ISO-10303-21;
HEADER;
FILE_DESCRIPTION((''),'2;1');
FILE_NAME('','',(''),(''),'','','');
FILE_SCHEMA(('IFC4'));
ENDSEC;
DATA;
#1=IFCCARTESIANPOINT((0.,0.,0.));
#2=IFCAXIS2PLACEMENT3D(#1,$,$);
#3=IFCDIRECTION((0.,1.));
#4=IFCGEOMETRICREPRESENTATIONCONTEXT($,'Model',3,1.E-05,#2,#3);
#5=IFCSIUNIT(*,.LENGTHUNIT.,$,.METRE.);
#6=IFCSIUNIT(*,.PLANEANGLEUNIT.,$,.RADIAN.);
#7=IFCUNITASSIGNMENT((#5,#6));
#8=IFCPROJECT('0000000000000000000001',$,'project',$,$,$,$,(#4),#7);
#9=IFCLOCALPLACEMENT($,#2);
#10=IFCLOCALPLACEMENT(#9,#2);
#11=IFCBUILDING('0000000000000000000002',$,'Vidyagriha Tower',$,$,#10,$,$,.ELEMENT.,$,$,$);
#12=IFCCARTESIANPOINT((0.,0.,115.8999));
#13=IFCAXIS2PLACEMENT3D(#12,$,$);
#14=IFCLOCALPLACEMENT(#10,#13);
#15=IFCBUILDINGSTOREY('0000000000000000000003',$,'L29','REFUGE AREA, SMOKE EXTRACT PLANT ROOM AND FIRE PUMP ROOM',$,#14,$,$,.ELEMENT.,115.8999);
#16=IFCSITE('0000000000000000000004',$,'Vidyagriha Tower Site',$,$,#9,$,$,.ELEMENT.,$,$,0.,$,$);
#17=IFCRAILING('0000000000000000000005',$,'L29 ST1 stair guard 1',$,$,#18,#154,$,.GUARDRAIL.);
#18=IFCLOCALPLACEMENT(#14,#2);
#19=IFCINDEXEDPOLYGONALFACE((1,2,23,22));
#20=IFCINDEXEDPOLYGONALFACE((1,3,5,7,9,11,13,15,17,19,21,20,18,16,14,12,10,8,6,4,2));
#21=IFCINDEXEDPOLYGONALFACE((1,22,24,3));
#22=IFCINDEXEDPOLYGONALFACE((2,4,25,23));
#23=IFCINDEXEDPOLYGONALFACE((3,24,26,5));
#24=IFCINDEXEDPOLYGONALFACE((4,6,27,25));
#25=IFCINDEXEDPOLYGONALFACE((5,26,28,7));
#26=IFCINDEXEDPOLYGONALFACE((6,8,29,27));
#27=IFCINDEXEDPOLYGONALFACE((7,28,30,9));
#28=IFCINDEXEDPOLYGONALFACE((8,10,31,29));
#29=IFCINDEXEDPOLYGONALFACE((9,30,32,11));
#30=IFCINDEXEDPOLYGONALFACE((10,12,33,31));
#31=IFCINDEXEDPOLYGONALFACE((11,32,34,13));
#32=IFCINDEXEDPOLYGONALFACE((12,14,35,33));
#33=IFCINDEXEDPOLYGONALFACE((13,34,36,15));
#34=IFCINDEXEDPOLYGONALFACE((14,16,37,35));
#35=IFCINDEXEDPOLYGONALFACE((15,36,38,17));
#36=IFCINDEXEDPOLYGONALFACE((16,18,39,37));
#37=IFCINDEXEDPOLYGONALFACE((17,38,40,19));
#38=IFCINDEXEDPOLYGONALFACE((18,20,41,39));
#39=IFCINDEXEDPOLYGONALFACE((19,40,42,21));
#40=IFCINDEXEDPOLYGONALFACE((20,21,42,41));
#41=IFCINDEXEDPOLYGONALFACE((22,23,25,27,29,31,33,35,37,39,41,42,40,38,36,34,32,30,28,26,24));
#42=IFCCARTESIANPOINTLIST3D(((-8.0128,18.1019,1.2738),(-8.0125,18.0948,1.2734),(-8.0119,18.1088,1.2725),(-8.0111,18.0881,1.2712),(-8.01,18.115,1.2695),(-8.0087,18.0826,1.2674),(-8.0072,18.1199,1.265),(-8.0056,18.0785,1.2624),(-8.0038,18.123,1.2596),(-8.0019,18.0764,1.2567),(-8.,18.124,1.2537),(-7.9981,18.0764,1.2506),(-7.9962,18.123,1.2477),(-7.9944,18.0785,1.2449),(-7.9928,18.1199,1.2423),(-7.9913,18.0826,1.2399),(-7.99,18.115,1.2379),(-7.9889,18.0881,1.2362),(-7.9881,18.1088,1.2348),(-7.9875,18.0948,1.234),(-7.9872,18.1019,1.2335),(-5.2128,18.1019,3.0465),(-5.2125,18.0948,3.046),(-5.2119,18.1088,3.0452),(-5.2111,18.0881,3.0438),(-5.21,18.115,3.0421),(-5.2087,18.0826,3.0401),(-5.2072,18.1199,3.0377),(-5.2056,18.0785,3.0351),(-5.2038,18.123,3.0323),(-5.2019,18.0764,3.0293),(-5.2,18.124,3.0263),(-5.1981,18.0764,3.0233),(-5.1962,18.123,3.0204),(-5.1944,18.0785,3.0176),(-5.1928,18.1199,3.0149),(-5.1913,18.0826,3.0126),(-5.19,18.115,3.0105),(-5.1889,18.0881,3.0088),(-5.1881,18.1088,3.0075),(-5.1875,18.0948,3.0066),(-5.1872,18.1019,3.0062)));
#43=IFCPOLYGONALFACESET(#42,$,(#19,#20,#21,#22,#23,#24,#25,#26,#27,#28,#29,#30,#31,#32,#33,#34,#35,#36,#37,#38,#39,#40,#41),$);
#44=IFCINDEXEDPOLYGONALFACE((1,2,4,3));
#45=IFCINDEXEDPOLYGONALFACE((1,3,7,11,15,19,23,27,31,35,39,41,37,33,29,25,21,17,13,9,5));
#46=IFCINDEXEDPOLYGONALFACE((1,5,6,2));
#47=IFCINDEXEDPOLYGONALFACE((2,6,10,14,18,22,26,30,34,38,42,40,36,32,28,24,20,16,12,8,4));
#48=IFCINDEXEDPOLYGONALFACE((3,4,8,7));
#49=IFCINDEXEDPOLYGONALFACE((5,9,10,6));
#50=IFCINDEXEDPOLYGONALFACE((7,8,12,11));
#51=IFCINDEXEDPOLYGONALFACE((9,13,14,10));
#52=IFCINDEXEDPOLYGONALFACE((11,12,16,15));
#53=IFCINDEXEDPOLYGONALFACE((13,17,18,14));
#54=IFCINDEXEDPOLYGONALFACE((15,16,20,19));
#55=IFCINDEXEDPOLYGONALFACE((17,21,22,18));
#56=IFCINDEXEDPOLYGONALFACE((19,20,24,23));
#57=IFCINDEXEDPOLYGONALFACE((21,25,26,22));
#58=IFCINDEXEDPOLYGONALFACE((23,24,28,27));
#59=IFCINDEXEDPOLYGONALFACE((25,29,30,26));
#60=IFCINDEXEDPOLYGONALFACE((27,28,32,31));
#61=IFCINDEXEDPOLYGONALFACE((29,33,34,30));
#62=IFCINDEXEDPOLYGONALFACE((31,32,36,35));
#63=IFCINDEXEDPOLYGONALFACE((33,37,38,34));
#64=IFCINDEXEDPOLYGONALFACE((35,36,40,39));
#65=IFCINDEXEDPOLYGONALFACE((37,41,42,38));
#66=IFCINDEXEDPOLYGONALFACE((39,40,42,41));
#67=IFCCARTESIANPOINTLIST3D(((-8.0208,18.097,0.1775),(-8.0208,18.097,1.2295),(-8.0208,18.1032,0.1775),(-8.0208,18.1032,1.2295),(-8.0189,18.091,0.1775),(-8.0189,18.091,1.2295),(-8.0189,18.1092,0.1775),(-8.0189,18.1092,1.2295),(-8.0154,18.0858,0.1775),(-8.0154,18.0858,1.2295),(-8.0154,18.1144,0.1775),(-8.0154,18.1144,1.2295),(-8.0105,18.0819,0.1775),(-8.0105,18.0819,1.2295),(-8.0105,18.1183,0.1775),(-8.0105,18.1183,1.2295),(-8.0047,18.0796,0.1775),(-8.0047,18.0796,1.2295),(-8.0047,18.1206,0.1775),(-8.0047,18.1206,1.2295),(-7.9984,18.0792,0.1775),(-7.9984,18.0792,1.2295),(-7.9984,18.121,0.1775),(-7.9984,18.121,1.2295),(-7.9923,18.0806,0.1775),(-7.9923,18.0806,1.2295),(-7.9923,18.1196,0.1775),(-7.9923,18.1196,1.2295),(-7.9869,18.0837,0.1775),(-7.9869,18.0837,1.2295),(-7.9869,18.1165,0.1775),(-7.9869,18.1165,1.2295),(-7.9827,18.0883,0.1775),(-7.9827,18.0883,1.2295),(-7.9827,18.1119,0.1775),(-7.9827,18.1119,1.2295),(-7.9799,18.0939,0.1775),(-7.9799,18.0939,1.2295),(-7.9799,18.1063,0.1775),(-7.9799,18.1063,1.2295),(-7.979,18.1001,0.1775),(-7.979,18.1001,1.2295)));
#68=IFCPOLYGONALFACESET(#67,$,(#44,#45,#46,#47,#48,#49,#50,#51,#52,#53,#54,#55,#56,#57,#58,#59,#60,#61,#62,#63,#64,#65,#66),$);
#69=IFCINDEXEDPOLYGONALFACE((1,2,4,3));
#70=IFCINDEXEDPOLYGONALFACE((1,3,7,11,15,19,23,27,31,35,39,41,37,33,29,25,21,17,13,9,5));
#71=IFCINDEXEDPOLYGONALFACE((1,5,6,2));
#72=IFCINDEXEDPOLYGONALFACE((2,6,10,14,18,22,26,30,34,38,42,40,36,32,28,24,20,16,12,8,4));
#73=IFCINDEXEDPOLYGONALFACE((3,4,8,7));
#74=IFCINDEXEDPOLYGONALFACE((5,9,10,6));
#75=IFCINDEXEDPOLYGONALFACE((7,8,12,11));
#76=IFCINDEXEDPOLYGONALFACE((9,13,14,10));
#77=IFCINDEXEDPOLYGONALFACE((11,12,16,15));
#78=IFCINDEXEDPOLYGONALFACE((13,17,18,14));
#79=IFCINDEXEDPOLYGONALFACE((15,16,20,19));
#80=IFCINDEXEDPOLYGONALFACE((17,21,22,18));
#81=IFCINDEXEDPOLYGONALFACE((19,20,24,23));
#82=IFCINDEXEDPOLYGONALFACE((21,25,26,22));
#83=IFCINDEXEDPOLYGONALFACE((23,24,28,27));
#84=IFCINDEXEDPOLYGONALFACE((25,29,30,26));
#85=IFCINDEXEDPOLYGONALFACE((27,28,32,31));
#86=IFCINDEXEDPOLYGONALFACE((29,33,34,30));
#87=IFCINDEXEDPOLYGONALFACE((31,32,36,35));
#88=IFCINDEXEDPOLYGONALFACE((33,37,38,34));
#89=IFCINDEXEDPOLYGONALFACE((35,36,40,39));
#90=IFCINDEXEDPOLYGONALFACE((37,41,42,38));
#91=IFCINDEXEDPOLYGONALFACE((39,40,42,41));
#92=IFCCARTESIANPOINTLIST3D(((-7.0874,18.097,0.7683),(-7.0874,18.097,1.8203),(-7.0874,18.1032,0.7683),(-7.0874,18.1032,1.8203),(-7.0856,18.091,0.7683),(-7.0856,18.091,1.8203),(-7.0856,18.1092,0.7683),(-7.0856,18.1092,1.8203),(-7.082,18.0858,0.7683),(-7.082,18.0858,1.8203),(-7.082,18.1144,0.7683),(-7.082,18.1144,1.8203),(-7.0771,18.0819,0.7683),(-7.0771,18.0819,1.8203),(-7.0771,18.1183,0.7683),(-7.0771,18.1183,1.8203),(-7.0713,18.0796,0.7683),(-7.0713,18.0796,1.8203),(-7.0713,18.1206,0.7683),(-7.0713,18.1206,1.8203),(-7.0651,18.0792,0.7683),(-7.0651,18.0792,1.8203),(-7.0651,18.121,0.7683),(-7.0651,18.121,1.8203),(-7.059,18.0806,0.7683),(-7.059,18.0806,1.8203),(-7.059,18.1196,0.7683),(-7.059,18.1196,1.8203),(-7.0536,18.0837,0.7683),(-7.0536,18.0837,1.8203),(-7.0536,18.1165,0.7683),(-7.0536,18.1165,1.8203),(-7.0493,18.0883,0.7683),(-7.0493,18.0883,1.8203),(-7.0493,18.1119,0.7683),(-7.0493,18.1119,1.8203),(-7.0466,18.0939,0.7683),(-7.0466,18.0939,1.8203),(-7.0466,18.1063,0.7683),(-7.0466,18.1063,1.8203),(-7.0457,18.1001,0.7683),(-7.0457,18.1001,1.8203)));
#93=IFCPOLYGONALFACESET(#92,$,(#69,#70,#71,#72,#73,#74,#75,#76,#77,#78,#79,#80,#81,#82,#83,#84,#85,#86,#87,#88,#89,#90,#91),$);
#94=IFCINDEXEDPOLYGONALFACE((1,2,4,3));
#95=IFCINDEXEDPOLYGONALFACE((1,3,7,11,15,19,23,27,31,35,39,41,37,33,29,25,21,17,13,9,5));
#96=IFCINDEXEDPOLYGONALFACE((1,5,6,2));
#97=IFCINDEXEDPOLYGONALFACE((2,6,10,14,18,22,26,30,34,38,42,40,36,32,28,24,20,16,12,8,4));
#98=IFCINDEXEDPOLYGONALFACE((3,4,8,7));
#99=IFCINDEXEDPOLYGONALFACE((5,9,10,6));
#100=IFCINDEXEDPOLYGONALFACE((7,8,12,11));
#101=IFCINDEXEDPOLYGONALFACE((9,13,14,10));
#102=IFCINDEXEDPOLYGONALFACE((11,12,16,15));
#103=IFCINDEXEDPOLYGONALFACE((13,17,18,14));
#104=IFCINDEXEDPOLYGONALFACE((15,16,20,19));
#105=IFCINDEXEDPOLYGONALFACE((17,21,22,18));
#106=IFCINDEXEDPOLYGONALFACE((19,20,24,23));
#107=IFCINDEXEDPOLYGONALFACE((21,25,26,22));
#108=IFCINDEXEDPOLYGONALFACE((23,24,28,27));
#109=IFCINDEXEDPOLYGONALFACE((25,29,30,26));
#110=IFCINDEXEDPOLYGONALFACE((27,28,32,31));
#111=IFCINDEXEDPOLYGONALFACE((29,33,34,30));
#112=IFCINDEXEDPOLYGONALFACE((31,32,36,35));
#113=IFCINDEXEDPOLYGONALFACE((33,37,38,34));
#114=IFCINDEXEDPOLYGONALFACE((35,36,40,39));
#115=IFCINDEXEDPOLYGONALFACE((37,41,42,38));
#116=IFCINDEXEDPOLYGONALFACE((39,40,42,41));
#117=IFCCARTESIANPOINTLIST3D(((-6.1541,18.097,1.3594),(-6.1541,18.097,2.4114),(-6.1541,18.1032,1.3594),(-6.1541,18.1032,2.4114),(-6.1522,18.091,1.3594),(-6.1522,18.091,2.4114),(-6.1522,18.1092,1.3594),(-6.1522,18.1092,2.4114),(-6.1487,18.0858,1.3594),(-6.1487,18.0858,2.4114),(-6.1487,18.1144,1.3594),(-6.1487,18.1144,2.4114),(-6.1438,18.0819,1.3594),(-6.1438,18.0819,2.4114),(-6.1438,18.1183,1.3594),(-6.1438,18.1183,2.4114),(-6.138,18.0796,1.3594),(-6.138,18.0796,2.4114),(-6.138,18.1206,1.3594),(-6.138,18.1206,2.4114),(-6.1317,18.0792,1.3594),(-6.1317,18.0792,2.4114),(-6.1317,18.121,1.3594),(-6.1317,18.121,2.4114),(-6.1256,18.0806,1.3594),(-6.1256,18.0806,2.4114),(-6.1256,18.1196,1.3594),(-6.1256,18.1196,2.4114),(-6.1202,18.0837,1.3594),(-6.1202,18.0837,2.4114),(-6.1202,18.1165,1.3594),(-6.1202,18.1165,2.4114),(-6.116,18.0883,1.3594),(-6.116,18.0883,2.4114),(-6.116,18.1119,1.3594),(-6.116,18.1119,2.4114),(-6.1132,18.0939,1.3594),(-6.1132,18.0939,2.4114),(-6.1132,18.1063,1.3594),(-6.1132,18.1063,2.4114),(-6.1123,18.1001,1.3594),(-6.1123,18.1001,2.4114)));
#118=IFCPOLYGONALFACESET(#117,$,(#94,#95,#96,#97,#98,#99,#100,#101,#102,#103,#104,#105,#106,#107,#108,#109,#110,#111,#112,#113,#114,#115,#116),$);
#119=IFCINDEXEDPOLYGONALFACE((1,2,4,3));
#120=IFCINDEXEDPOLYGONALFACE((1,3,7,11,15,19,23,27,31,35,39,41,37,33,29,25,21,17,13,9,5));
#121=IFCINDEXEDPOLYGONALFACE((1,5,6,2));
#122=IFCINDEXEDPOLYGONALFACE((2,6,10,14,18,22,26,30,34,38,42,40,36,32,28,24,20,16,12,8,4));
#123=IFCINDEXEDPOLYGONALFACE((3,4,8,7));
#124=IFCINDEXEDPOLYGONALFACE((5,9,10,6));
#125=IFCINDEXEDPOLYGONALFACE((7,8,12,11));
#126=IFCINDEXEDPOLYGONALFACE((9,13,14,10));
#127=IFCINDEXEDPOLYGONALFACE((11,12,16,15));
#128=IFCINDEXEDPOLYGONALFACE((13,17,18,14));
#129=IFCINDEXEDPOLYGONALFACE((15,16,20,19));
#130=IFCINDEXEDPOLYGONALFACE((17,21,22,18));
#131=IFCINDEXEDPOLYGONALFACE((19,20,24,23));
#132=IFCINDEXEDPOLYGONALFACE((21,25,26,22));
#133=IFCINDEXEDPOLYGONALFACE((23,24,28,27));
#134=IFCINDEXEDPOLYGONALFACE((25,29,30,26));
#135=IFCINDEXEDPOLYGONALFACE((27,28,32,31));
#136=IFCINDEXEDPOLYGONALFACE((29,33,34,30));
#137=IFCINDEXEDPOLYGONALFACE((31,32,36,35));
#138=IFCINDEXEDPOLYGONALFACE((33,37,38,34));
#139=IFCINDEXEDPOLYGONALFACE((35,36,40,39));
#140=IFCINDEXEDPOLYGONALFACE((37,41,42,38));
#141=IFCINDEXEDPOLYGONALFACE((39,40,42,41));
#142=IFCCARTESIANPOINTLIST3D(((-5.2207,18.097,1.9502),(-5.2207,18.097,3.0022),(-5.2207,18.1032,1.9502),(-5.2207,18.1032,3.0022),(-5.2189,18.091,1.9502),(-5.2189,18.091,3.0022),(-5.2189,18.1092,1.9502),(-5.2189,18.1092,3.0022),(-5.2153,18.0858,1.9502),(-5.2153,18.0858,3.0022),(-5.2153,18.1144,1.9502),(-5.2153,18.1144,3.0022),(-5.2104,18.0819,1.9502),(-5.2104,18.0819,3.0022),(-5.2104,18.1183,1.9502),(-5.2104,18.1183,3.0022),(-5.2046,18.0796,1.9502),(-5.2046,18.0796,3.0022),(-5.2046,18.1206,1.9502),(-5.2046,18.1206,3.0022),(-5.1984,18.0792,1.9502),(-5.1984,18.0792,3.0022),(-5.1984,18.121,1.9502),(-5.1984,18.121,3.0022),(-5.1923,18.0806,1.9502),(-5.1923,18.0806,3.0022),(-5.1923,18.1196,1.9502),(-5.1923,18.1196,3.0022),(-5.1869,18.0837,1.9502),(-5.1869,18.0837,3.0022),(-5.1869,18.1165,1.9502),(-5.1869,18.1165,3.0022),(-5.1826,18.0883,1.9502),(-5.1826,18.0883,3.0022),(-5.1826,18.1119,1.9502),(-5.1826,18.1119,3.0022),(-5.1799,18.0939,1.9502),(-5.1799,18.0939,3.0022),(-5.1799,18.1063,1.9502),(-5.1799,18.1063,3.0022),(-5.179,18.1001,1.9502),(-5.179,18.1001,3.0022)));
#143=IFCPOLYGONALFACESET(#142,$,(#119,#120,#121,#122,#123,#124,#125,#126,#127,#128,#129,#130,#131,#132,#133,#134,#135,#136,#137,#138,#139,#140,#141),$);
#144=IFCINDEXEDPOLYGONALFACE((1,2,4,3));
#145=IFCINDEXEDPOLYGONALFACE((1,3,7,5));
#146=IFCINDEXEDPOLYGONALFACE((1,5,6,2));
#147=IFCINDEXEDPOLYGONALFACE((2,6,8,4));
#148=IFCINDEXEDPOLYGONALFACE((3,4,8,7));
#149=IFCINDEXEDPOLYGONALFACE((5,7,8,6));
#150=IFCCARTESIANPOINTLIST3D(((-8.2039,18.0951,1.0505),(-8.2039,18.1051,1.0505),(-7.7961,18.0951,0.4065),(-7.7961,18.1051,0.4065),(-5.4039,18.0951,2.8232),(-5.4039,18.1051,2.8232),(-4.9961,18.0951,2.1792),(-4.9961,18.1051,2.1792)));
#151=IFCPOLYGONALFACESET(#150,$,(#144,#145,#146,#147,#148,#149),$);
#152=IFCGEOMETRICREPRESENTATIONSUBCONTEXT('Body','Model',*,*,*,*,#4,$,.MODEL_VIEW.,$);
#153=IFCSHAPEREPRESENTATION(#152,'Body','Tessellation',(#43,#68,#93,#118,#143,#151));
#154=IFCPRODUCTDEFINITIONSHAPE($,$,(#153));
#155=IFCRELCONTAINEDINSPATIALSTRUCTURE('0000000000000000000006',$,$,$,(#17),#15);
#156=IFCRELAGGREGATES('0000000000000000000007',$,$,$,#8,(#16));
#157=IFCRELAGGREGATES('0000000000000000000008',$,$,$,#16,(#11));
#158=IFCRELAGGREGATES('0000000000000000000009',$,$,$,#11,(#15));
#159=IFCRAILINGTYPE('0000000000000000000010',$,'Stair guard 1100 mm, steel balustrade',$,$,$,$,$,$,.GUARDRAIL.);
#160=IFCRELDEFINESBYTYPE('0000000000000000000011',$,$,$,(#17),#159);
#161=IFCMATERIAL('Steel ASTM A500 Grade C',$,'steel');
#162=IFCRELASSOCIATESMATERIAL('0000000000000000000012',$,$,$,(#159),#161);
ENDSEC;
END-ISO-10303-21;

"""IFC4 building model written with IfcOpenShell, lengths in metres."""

from ifc_helpers import new_model, si_unit, direction, frame, origin, origin_2d, place, context, subcontext, project, spatial, rectangle, circle, extrude, material, type_object, element, save


model = new_model("IFC4")

# Units and contexts
model_context = context("Model", 3, precision=1e-05, world=origin(), true_north=direction((0.0, 1.0)))
body_context = subcontext(model_context, "Body", "Model", "MODEL_VIEW")
ifc_project = project(units=[si_unit("LENGTHUNIT", "METRE"), si_unit("PLANEANGLEUNIT", "RADIAN")], contexts=[model_context])

# Site, building, storey
site_placement = place(None, origin())
site = spatial("IfcSite", under=ifc_project, at=site_placement, Name="Vidyagriha Tower Site", CompositionType="ELEMENT", RefElevation=0.0)
building_placement = place(site_placement, origin())
building = spatial("IfcBuilding", under=site, at=building_placement, Name="Vidyagriha Tower", CompositionType="ELEMENT")
storey_placement = place(building_placement, frame((0.0, 0.0, 115.8999)))
storey = spatial("IfcBuildingStorey", under=building, at=storey_placement, Name="L29", Description="REFUGE AREA, SMOKE EXTRACT PLANT ROOM AND FIRE PUMP ROOM", CompositionType="ELEMENT", Elevation=115.8999)

# Railing
ifc_material_1 = material(Name="Steel ASTM A500 Grade C", Category="steel")
railing_type_1 = type_object("IfcRailingType", Name="Stair guard 1100 mm, steel balustrade", PredefinedType="GUARDRAIL", material=ifc_material_1)
railing_1_placement = place(storey_placement, frame((-8.0, 18.1001, 0.1775)))
element("IfcRailing", 1, at=railing_1_placement, inside=storey, type_object=railing_type_1, Name="L29 ST1 stair guard 1", PredefinedType="GUARDRAIL", context=body_context, shape_type="SweptSolid", body=[
    extrude(circle(Radius=0.0239, at=origin_2d()), frame((0.0, 0.0, 1.0762), z_axis=(0.844909, 0.0, 0.53491), x_axis=(0.0, 1.0, 0.0)), (0.0, 0.0, 1.0), 3.314),
    extrude(circle(Radius=0.021, at=origin_2d()), origin(), (0.0, 0.0, 1.0), 1.052),
    extrude(circle(Radius=0.021, at=origin_2d()), frame((0.9333, 0.0, 0.5908)), (0.0, 0.0, 1.0), 1.052),
    extrude(circle(Radius=0.021, at=origin_2d()), frame((1.8667, 0.0, 1.1819)), (0.0, 0.0, 1.0), 1.052),
    extrude(circle(Radius=0.021, at=origin_2d()), frame((2.8, 0.0, 1.7727)), (0.0, 0.0, 1.0), 1.052),
    extrude(rectangle(XDim=0.01, YDim=0.7622, at=origin_2d()), frame((0.0, 0.0, 0.551), z_axis=(0.844909, 0.0, 0.53491), x_axis=(0.0, 1.0, 0.0)), (0.0, 0.0, 1.0), 3.314),
])

save(model, "model.ifc")
